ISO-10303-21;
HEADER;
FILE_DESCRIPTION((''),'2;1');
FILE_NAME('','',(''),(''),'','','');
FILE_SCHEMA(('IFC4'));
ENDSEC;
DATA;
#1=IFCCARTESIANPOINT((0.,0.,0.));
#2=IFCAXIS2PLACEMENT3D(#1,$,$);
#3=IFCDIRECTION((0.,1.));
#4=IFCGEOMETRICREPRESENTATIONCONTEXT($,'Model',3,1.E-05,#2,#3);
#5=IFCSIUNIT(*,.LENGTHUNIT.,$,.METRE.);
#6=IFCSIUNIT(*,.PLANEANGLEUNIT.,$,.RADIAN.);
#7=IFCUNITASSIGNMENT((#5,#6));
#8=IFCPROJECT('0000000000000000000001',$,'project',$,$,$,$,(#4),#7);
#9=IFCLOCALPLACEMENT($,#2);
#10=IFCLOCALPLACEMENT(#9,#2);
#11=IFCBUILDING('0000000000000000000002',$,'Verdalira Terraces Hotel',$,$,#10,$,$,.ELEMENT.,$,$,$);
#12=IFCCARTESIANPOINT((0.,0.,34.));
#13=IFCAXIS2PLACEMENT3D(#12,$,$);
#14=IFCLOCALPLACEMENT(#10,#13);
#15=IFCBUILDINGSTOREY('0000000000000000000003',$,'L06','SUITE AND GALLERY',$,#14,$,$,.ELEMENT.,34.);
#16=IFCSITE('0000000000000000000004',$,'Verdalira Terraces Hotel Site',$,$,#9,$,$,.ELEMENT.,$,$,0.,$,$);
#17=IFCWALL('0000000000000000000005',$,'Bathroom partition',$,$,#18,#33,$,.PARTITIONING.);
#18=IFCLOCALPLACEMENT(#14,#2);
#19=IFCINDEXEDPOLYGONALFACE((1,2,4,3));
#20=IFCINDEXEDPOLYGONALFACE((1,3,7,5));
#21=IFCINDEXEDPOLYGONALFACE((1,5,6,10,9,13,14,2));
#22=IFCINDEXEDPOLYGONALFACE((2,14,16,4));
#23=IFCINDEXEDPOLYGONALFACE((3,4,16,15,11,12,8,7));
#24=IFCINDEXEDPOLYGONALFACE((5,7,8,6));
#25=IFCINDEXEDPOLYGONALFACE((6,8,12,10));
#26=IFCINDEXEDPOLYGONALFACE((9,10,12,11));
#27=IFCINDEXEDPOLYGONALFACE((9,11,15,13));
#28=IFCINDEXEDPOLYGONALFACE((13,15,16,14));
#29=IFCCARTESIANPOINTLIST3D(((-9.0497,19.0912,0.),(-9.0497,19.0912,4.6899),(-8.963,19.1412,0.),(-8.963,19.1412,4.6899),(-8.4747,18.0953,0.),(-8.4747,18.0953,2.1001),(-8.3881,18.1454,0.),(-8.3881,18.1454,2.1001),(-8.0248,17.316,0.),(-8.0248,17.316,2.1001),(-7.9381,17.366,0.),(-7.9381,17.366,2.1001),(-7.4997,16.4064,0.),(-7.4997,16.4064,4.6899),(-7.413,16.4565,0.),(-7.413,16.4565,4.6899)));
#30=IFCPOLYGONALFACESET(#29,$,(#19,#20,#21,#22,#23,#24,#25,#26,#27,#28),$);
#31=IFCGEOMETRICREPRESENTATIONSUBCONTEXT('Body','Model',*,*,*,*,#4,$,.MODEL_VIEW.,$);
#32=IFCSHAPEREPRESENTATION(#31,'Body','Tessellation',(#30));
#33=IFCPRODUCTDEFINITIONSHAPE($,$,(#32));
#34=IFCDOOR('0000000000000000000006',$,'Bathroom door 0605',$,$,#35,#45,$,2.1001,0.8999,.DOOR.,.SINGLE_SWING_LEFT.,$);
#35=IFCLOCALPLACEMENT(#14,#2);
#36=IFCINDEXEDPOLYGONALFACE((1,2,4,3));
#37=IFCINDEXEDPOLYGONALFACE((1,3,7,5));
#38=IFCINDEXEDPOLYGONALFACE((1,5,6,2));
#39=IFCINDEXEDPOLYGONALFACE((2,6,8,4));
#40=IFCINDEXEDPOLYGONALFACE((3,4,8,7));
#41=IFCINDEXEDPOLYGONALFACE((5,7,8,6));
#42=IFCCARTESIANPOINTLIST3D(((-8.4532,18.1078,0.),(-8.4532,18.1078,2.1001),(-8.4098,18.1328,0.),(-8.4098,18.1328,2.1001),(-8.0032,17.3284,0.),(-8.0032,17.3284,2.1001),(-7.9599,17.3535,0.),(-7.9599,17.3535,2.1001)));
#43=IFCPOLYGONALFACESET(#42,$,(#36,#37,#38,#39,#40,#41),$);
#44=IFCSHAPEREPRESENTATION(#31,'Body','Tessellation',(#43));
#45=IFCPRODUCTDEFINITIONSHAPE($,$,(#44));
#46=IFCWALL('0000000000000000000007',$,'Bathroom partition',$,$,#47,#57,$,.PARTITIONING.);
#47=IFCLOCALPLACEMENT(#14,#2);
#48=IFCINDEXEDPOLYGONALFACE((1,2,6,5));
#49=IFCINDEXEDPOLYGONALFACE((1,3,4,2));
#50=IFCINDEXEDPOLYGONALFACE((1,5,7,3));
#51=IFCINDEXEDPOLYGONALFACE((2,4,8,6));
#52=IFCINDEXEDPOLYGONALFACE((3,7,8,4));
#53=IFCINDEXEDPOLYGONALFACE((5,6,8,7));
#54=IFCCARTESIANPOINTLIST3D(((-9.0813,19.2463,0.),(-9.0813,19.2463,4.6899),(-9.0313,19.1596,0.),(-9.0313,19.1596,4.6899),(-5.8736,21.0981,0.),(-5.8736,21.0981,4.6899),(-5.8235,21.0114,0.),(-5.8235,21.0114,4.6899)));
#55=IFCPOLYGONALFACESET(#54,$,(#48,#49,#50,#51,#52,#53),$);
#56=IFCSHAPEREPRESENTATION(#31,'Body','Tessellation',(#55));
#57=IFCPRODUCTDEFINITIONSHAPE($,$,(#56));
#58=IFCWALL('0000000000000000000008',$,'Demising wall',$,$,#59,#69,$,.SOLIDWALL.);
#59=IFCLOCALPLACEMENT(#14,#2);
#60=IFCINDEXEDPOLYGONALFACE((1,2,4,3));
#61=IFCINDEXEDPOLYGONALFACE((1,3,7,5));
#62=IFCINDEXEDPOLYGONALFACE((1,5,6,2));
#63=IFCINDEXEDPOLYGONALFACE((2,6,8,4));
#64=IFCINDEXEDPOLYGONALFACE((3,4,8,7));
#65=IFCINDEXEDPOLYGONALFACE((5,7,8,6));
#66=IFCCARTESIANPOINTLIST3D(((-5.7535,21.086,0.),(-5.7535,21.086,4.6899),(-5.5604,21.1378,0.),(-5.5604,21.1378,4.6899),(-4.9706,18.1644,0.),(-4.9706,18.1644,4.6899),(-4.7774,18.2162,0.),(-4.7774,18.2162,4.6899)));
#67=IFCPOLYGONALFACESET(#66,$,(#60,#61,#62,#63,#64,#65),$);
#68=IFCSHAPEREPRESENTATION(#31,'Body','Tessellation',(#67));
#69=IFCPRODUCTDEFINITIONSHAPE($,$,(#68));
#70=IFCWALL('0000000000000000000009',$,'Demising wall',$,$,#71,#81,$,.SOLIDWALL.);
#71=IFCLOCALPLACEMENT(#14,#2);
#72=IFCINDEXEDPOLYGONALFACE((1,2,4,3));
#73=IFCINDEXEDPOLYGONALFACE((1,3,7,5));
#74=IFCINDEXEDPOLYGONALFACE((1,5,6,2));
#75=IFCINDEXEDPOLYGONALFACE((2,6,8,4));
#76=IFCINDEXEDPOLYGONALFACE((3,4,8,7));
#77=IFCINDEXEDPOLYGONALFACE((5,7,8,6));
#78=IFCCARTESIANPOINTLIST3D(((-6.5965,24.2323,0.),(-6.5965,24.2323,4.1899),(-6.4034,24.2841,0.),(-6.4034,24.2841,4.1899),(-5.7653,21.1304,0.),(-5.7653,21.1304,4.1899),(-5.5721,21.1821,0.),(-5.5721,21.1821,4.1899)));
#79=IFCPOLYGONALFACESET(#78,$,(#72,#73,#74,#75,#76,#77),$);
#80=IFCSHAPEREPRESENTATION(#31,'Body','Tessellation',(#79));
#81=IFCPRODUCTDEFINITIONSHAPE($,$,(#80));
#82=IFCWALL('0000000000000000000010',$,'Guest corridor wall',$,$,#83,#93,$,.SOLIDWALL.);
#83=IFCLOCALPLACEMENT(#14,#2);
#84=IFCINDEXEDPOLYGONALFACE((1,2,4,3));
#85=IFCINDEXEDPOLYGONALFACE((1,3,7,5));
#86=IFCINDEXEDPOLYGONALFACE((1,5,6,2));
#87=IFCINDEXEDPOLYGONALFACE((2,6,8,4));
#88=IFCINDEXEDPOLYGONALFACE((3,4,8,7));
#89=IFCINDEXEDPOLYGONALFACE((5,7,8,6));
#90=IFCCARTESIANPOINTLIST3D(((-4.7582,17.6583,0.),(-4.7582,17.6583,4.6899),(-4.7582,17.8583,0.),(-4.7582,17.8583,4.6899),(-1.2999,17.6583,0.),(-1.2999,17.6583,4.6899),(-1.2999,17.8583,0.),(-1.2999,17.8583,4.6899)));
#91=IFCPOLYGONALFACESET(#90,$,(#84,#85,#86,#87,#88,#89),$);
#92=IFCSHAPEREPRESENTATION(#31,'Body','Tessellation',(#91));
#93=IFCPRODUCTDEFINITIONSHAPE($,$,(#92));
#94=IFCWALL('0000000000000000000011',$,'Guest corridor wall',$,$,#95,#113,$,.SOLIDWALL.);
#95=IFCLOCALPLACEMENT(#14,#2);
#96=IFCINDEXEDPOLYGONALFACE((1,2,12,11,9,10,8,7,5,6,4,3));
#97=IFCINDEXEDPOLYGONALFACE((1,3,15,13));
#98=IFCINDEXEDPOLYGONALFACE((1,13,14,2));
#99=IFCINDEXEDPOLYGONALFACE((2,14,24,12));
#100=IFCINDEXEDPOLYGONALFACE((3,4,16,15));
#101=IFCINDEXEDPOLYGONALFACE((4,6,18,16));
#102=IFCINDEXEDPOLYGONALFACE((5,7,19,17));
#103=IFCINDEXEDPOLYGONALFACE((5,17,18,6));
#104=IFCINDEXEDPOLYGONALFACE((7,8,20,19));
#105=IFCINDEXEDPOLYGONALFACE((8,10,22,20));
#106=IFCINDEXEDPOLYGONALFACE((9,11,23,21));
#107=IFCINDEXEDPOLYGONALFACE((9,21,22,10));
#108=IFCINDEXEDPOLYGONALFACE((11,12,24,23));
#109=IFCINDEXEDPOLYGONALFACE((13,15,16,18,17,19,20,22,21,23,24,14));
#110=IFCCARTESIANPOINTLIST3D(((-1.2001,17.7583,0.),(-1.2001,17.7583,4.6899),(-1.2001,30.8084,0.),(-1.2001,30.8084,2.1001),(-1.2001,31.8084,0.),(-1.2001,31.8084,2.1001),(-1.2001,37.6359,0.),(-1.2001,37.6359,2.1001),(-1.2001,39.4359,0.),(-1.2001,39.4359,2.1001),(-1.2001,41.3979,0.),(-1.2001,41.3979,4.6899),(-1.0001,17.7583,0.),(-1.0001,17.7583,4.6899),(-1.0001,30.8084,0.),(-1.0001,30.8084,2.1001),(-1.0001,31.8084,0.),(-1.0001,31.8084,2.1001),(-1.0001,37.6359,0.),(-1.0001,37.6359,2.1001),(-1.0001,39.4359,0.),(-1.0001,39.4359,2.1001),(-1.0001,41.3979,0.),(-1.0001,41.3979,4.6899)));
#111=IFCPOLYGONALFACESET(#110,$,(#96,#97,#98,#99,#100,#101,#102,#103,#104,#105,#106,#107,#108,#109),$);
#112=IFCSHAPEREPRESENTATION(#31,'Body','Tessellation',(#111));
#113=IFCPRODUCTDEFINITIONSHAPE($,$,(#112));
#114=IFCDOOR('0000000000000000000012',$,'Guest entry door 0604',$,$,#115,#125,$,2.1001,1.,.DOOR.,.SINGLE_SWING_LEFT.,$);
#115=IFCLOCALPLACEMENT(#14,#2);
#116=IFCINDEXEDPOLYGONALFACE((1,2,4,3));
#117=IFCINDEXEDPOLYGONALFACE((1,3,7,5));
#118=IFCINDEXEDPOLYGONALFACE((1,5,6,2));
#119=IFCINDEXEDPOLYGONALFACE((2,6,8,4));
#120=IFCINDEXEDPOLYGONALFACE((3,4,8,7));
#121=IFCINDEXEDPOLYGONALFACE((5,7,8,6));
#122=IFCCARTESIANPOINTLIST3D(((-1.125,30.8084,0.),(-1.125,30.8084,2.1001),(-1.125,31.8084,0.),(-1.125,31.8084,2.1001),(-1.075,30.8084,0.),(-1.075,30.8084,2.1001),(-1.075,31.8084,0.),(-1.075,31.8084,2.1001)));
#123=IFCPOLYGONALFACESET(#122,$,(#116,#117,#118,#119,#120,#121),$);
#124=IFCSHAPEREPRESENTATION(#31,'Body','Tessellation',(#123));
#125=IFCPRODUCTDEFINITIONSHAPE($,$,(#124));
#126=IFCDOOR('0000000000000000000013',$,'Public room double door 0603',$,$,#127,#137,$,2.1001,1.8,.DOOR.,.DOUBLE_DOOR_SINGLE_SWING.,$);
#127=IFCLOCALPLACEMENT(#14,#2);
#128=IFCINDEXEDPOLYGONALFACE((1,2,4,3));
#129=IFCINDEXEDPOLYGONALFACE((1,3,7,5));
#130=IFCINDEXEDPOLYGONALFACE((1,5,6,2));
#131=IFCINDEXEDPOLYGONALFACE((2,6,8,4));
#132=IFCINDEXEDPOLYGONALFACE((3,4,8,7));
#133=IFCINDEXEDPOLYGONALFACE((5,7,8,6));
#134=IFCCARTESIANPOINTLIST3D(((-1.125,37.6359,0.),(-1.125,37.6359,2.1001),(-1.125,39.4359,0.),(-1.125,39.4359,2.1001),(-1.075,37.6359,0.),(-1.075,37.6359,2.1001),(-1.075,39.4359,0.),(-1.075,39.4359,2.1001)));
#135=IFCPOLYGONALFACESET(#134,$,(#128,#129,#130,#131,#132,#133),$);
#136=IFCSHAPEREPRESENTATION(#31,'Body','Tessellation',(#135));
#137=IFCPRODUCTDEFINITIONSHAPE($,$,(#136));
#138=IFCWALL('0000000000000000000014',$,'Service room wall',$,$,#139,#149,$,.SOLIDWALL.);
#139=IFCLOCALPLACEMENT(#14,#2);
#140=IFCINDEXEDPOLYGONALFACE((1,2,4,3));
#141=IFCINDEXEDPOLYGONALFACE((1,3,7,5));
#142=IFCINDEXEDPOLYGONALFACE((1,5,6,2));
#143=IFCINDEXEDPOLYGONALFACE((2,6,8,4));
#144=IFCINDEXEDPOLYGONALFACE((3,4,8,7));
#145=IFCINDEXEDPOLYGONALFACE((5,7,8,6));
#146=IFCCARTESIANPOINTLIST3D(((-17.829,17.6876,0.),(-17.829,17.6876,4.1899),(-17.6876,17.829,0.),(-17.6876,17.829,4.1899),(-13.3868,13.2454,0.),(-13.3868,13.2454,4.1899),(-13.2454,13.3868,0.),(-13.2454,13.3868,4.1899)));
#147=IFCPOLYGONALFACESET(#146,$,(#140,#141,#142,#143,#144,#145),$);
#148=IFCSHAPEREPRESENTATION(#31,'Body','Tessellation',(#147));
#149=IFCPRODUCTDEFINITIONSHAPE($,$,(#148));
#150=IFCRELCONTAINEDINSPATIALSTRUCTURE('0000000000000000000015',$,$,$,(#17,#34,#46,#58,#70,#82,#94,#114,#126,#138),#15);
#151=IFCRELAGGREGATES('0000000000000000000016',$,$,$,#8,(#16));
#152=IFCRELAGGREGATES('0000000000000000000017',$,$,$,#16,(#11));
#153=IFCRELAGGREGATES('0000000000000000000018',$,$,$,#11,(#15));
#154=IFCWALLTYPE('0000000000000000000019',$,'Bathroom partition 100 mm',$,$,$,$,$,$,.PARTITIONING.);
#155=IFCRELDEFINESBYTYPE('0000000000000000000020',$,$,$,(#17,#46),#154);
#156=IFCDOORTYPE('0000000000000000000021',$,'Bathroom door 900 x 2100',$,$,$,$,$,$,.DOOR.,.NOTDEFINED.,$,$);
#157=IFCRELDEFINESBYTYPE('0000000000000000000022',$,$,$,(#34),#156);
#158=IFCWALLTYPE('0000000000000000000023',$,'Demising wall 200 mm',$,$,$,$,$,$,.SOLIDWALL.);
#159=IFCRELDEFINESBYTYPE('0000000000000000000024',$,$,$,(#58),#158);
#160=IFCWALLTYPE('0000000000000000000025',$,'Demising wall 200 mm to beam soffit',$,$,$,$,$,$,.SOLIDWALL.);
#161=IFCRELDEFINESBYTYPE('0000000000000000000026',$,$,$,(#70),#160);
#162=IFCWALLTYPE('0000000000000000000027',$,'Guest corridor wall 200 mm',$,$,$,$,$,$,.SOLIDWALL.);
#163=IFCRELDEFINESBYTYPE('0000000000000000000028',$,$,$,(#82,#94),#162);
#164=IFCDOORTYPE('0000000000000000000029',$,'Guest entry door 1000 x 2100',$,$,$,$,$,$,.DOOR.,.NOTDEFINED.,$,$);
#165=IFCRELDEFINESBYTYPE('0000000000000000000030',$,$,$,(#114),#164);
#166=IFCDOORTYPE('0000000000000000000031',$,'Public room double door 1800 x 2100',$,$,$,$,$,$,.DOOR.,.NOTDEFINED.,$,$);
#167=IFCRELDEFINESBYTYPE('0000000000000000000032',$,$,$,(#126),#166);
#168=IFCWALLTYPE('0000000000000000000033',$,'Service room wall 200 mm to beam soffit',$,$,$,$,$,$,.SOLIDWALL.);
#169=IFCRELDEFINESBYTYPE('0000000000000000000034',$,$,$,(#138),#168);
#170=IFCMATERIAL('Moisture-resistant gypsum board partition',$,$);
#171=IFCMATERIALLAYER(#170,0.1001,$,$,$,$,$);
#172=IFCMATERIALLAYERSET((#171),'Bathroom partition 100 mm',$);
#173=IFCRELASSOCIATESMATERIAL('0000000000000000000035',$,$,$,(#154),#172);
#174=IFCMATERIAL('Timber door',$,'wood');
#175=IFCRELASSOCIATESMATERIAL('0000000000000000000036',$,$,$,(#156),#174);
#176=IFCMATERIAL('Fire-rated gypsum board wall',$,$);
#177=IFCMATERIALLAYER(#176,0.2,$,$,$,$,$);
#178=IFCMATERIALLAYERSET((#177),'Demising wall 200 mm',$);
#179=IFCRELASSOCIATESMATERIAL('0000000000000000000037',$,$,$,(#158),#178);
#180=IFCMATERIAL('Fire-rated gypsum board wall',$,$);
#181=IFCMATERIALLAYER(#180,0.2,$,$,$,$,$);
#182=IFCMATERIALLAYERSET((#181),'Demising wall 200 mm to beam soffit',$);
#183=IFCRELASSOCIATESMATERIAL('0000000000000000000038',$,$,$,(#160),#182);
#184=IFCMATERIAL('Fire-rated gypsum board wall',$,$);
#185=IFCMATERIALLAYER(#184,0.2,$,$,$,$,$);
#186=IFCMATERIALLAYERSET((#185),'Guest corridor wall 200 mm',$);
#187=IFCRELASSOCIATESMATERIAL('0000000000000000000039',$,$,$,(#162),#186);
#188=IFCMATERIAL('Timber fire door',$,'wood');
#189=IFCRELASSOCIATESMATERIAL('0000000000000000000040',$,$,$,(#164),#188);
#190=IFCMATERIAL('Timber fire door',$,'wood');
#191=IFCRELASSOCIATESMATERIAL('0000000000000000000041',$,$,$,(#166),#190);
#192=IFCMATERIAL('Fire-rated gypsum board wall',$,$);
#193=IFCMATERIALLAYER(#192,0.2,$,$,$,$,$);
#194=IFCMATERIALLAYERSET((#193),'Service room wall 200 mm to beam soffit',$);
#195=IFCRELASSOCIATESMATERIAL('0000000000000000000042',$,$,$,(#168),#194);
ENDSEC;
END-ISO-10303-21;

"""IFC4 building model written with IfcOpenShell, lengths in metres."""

from ifc_helpers import new_model, si_unit, direction, frame, frame_2d, origin, place, context, subcontext, project, spatial, rectangle, extrude, material, layer, layer_set, type_object, element, fill, save


model = new_model("IFC4")

# Units and contexts
model_context = context("Model", 3, precision=1e-05, world=origin(), true_north=direction((0.0, 1.0)))
body_context = subcontext(model_context, "Body", "Model", "MODEL_VIEW")
ifc_project = project(units=[si_unit("LENGTHUNIT", "METRE"), si_unit("PLANEANGLEUNIT", "RADIAN")], contexts=[model_context])

# Site, building, storey
site_placement = place(None, origin())
site = spatial("IfcSite", under=ifc_project, at=site_placement, Name="Verdalira Terraces Hotel Site", CompositionType="ELEMENT", RefElevation=0.0)
building_placement = place(site_placement, origin())
building = spatial("IfcBuilding", under=site, at=building_placement, Name="Verdalira Terraces Hotel", CompositionType="ELEMENT")
storey_placement = place(building_placement, frame((0.0, 0.0, 34.0)))
storey = spatial("IfcBuildingStorey", under=building, at=storey_placement, Name="L06", Description="SUITE AND GALLERY", CompositionType="ELEMENT", Elevation=34.0)

# Wall, opening, door
ifc_material_1 = material(Name="Moisture-resistant gypsum board partition")
ifc_layer_1 = layer(ifc_material_1, 0.1001)
ifc_layer_set_1 = layer_set([ifc_layer_1], Name="Bathroom partition 100 mm")
wall_type_1 = type_object("IfcWallType", Name="Bathroom partition 100 mm", PredefinedType="PARTITIONING", material=ifc_layer_set_1)
wall_1_placement = place(storey_placement, frame((-9.0063, 19.1162, 0.0), z_axis=(0.0, 0.0, 1.0), x_axis=(0.499993, -0.86603, 0.0)))
wall_1 = element("IfcWall", 1, at=wall_1_placement, inside=storey, type_object=wall_type_1, Name="Bathroom partition", PredefinedType="PARTITIONING", context=body_context, shape_type="SweptSolid", body=[
    extrude(rectangle(XDim=3.1001, YDim=0.1001, at=frame_2d((1.55, 0.0))), origin(), (0.0, 0.0, 1.0), 4.6899),
])
opening_1_placement = place(wall_1_placement, frame((1.1499, 0.0, 0.0)))
opening_1 = element("IfcOpeningElement", 2, at=opening_1_placement, cuts=wall_1, PredefinedType="OPENING", context=body_context, shape_type="SweptSolid", body=[
    extrude(rectangle(XDim=0.8999, YDim=2.1001, at=frame_2d((0.45, 1.05))), frame((0.0, 0.0601, 0.0), z_axis=(0.0, -1.0, 0.0), x_axis=(1.0, 0.0, 0.0)), (0.0, 0.0, 1.0), 0.1201),
])
ifc_material_2 = material(Name="Timber door", Category="wood")
door_type_1 = type_object("IfcDoorType", Name="Bathroom door 900 x 2100", OperationType="NOTDEFINED", PredefinedType="DOOR", material=ifc_material_2)
door_1_placement = place(opening_1_placement, origin())
door_1 = element("IfcDoor", 3, at=door_1_placement, inside=storey, type_object=door_type_1, Name="Bathroom door 0605", OperationType="SINGLE_SWING_LEFT", OverallHeight=2.1001, OverallWidth=0.8999, PredefinedType="DOOR", context=body_context, shape_type="SweptSolid", body=[
    extrude(rectangle(XDim=0.8999, YDim=2.1001, at=frame_2d((0.45, 1.05))), frame((0.0, 0.0249, 0.0), z_axis=(0.0, -1.0, 0.0), x_axis=(1.0, 0.0, 0.0)), (0.0, 0.0, 1.0), 0.05),
])
fill(opening_1, door_1)

# Walls
wall_2_placement = place(storey_placement, frame((-9.0564, 19.2029, 0.0), z_axis=(0.0, 0.0, 1.0), x_axis=(0.866048, 0.49996, 0.0)))
element("IfcWall", 4, at=wall_2_placement, inside=storey, type_object=wall_type_1, Name="Bathroom partition", PredefinedType="PARTITIONING", context=body_context, shape_type="SweptSolid", body=[
    extrude(rectangle(XDim=3.7039, YDim=0.1001, at=frame_2d((1.8521, 0.0))), origin(), (0.0, 0.0, 1.0), 4.6899),
])
ifc_material_3 = material(Name="Fire-rated gypsum board wall")
ifc_layer_2 = layer(ifc_material_3, 0.2)
ifc_layer_set_2 = layer_set([ifc_layer_2], Name="Demising wall 200 mm")
wall_type_2 = type_object("IfcWallType", Name="Demising wall 200 mm", PredefinedType="SOLIDWALL", material=ifc_layer_set_2)
wall_3_placement = place(storey_placement, frame((-4.874, 18.1904, 0.0), z_axis=(0.0, 0.0, 1.0), x_axis=(-0.258853, 0.965917, 0.0)))
element("IfcWall", 5, at=wall_3_placement, inside=storey, type_object=wall_type_2, Name="Demising wall", PredefinedType="SOLIDWALL", context=body_context, shape_type="SweptSolid", body=[
    extrude(rectangle(XDim=3.0247, YDim=0.2, at=frame_2d((1.5122, 0.0))), origin(), (0.0, 0.0, 1.0), 4.6899),
])
ifc_material_4 = material(Name="Fire-rated gypsum board wall")
ifc_layer_3 = layer(ifc_material_4, 0.2)
ifc_layer_set_3 = layer_set([ifc_layer_3], Name="Demising wall 200 mm to beam soffit")
wall_type_3 = type_object("IfcWallType", Name="Demising wall 200 mm to beam soffit", PredefinedType="SOLIDWALL", material=ifc_layer_set_3)
wall_4_placement = place(storey_placement, frame((-5.6687, 21.1562, 0.0), z_axis=(0.0, 0.0, 1.0), x_axis=(-0.25885, 0.965918, 0.0)))
element("IfcWall", 6, at=wall_4_placement, inside=storey, type_object=wall_type_3, Name="Demising wall", PredefinedType="SOLIDWALL", context=body_context, shape_type="SweptSolid", body=[
    extrude(rectangle(XDim=3.2114, YDim=0.2, at=frame_2d((1.6057, 0.0))), origin(), (0.0, 0.0, 1.0), 4.1899),
])
ifc_material_5 = material(Name="Fire-rated gypsum board wall")
ifc_layer_4 = layer(ifc_material_5, 0.2)
ifc_layer_set_4 = layer_set([ifc_layer_4], Name="Guest corridor wall 200 mm")
wall_type_4 = type_object("IfcWallType", Name="Guest corridor wall 200 mm", PredefinedType="SOLIDWALL", material=ifc_layer_set_4)
wall_5_placement = place(storey_placement, frame((-1.3, 17.7583, 0.0), z_axis=(0.0, 0.0, 1.0), x_axis=(-1.0, 0.0, 0.0)))
element("IfcWall", 7, at=wall_5_placement, inside=storey, type_object=wall_type_4, Name="Guest corridor wall", PredefinedType="SOLIDWALL", context=body_context, shape_type="SweptSolid", body=[
    extrude(rectangle(XDim=3.4583, YDim=0.2, at=frame_2d((1.729, 0.0))), origin(), (0.0, 0.0, 1.0), 4.6899),
])

# Wall, openings, doors
wall_6_placement = place(storey_placement, frame((-1.1001, 17.7583, 0.0), z_axis=(0.0, 0.0, 1.0), x_axis=(0.0, 1.0, 0.0)))
wall_6 = element("IfcWall", 8, at=wall_6_placement, inside=storey, type_object=wall_type_4, Name="Guest corridor wall", PredefinedType="SOLIDWALL", context=body_context, shape_type="SweptSolid", body=[
    extrude(rectangle(XDim=23.6396, YDim=0.2, at=frame_2d((11.8198, 0.0))), origin(), (0.0, 0.0, 1.0), 4.6899),
])
opening_2_placement = place(wall_6_placement, frame((19.8777, 0.0, 0.0)))
opening_2 = element("IfcOpeningElement", 9, at=opening_2_placement, cuts=wall_6, PredefinedType="OPENING", context=body_context, shape_type="SweptSolid", body=[
    extrude(rectangle(XDim=1.8, YDim=2.1001, at=frame_2d((0.8999, 1.05))), frame((0.0, 0.1099, 0.0), z_axis=(0.0, -1.0, 0.0), x_axis=(1.0, 0.0, 0.0)), (0.0, 0.0, 1.0), 0.22),
])
opening_3_placement = place(wall_6_placement, frame((13.05, 0.0, 0.0)))
opening_3 = element("IfcOpeningElement", 10, at=opening_3_placement, cuts=wall_6, PredefinedType="OPENING", context=body_context, shape_type="SweptSolid", body=[
    extrude(rectangle(XDim=1.0, YDim=2.1001, at=frame_2d((0.5, 1.05))), frame((0.0, 0.1099, 0.0), z_axis=(0.0, -1.0, 0.0), x_axis=(1.0, 0.0, 0.0)), (0.0, 0.0, 1.0), 0.22),
])
ifc_material_6 = material(Name="Timber fire door", Category="wood")
door_type_2 = type_object("IfcDoorType", Name="Guest entry door 1000 x 2100", OperationType="NOTDEFINED", PredefinedType="DOOR", material=ifc_material_6)
door_2_placement = place(opening_3_placement, origin())
door_2 = element("IfcDoor", 11, at=door_2_placement, inside=storey, type_object=door_type_2, Name="Guest entry door 0604", OperationType="SINGLE_SWING_LEFT", OverallHeight=2.1001, OverallWidth=1.0, PredefinedType="DOOR", context=body_context, shape_type="SweptSolid", body=[
    extrude(rectangle(XDim=1.0, YDim=2.1001, at=frame_2d((0.5, 1.05))), frame((0.0, 0.0249, 0.0), z_axis=(0.0, -1.0, 0.0), x_axis=(1.0, 0.0, 0.0)), (0.0, 0.0, 1.0), 0.05),
])
fill(opening_3, door_2)
ifc_material_7 = material(Name="Timber fire door", Category="wood")
door_type_3 = type_object("IfcDoorType", Name="Public room double door 1800 x 2100", OperationType="NOTDEFINED", PredefinedType="DOOR", material=ifc_material_7)
door_3_placement = place(opening_2_placement, origin())
door_3 = element("IfcDoor", 12, at=door_3_placement, inside=storey, type_object=door_type_3, Name="Public room double door 0603", OperationType="DOUBLE_DOOR_SINGLE_SWING", OverallHeight=2.1001, OverallWidth=1.8, PredefinedType="DOOR", context=body_context, shape_type="SweptSolid", body=[
    extrude(rectangle(XDim=1.8, YDim=2.1001, at=frame_2d((0.8999, 1.05))), frame((0.0, 0.0249, 0.0), z_axis=(0.0, -1.0, 0.0), x_axis=(1.0, 0.0, 0.0)), (0.0, 0.0, 1.0), 0.05),
])
fill(opening_2, door_3)

# Wall
ifc_material_8 = material(Name="Fire-rated gypsum board wall")
ifc_layer_5 = layer(ifc_material_8, 0.2)
ifc_layer_set_5 = layer_set([ifc_layer_5], Name="Service room wall 200 mm to beam soffit")
wall_type_5 = type_object("IfcWallType", Name="Service room wall 200 mm to beam soffit", PredefinedType="SOLIDWALL", material=ifc_layer_set_5)
wall_7_placement = place(storey_placement, frame((-17.7583, 17.7583, 0.0), z_axis=(0.0, 0.0, 1.0), x_axis=(0.707107, -0.707107, 0.0)))
element("IfcWall", 13, at=wall_7_placement, inside=storey, type_object=wall_type_5, Name="Service room wall", PredefinedType="SOLIDWALL", context=body_context, shape_type="SweptSolid", body=[
    extrude(rectangle(XDim=6.2822, YDim=0.2, at=frame_2d((3.1411, 0.0))), origin(), (0.0, 0.0, 1.0), 4.1899),
])

save(model, "model.ifc")
